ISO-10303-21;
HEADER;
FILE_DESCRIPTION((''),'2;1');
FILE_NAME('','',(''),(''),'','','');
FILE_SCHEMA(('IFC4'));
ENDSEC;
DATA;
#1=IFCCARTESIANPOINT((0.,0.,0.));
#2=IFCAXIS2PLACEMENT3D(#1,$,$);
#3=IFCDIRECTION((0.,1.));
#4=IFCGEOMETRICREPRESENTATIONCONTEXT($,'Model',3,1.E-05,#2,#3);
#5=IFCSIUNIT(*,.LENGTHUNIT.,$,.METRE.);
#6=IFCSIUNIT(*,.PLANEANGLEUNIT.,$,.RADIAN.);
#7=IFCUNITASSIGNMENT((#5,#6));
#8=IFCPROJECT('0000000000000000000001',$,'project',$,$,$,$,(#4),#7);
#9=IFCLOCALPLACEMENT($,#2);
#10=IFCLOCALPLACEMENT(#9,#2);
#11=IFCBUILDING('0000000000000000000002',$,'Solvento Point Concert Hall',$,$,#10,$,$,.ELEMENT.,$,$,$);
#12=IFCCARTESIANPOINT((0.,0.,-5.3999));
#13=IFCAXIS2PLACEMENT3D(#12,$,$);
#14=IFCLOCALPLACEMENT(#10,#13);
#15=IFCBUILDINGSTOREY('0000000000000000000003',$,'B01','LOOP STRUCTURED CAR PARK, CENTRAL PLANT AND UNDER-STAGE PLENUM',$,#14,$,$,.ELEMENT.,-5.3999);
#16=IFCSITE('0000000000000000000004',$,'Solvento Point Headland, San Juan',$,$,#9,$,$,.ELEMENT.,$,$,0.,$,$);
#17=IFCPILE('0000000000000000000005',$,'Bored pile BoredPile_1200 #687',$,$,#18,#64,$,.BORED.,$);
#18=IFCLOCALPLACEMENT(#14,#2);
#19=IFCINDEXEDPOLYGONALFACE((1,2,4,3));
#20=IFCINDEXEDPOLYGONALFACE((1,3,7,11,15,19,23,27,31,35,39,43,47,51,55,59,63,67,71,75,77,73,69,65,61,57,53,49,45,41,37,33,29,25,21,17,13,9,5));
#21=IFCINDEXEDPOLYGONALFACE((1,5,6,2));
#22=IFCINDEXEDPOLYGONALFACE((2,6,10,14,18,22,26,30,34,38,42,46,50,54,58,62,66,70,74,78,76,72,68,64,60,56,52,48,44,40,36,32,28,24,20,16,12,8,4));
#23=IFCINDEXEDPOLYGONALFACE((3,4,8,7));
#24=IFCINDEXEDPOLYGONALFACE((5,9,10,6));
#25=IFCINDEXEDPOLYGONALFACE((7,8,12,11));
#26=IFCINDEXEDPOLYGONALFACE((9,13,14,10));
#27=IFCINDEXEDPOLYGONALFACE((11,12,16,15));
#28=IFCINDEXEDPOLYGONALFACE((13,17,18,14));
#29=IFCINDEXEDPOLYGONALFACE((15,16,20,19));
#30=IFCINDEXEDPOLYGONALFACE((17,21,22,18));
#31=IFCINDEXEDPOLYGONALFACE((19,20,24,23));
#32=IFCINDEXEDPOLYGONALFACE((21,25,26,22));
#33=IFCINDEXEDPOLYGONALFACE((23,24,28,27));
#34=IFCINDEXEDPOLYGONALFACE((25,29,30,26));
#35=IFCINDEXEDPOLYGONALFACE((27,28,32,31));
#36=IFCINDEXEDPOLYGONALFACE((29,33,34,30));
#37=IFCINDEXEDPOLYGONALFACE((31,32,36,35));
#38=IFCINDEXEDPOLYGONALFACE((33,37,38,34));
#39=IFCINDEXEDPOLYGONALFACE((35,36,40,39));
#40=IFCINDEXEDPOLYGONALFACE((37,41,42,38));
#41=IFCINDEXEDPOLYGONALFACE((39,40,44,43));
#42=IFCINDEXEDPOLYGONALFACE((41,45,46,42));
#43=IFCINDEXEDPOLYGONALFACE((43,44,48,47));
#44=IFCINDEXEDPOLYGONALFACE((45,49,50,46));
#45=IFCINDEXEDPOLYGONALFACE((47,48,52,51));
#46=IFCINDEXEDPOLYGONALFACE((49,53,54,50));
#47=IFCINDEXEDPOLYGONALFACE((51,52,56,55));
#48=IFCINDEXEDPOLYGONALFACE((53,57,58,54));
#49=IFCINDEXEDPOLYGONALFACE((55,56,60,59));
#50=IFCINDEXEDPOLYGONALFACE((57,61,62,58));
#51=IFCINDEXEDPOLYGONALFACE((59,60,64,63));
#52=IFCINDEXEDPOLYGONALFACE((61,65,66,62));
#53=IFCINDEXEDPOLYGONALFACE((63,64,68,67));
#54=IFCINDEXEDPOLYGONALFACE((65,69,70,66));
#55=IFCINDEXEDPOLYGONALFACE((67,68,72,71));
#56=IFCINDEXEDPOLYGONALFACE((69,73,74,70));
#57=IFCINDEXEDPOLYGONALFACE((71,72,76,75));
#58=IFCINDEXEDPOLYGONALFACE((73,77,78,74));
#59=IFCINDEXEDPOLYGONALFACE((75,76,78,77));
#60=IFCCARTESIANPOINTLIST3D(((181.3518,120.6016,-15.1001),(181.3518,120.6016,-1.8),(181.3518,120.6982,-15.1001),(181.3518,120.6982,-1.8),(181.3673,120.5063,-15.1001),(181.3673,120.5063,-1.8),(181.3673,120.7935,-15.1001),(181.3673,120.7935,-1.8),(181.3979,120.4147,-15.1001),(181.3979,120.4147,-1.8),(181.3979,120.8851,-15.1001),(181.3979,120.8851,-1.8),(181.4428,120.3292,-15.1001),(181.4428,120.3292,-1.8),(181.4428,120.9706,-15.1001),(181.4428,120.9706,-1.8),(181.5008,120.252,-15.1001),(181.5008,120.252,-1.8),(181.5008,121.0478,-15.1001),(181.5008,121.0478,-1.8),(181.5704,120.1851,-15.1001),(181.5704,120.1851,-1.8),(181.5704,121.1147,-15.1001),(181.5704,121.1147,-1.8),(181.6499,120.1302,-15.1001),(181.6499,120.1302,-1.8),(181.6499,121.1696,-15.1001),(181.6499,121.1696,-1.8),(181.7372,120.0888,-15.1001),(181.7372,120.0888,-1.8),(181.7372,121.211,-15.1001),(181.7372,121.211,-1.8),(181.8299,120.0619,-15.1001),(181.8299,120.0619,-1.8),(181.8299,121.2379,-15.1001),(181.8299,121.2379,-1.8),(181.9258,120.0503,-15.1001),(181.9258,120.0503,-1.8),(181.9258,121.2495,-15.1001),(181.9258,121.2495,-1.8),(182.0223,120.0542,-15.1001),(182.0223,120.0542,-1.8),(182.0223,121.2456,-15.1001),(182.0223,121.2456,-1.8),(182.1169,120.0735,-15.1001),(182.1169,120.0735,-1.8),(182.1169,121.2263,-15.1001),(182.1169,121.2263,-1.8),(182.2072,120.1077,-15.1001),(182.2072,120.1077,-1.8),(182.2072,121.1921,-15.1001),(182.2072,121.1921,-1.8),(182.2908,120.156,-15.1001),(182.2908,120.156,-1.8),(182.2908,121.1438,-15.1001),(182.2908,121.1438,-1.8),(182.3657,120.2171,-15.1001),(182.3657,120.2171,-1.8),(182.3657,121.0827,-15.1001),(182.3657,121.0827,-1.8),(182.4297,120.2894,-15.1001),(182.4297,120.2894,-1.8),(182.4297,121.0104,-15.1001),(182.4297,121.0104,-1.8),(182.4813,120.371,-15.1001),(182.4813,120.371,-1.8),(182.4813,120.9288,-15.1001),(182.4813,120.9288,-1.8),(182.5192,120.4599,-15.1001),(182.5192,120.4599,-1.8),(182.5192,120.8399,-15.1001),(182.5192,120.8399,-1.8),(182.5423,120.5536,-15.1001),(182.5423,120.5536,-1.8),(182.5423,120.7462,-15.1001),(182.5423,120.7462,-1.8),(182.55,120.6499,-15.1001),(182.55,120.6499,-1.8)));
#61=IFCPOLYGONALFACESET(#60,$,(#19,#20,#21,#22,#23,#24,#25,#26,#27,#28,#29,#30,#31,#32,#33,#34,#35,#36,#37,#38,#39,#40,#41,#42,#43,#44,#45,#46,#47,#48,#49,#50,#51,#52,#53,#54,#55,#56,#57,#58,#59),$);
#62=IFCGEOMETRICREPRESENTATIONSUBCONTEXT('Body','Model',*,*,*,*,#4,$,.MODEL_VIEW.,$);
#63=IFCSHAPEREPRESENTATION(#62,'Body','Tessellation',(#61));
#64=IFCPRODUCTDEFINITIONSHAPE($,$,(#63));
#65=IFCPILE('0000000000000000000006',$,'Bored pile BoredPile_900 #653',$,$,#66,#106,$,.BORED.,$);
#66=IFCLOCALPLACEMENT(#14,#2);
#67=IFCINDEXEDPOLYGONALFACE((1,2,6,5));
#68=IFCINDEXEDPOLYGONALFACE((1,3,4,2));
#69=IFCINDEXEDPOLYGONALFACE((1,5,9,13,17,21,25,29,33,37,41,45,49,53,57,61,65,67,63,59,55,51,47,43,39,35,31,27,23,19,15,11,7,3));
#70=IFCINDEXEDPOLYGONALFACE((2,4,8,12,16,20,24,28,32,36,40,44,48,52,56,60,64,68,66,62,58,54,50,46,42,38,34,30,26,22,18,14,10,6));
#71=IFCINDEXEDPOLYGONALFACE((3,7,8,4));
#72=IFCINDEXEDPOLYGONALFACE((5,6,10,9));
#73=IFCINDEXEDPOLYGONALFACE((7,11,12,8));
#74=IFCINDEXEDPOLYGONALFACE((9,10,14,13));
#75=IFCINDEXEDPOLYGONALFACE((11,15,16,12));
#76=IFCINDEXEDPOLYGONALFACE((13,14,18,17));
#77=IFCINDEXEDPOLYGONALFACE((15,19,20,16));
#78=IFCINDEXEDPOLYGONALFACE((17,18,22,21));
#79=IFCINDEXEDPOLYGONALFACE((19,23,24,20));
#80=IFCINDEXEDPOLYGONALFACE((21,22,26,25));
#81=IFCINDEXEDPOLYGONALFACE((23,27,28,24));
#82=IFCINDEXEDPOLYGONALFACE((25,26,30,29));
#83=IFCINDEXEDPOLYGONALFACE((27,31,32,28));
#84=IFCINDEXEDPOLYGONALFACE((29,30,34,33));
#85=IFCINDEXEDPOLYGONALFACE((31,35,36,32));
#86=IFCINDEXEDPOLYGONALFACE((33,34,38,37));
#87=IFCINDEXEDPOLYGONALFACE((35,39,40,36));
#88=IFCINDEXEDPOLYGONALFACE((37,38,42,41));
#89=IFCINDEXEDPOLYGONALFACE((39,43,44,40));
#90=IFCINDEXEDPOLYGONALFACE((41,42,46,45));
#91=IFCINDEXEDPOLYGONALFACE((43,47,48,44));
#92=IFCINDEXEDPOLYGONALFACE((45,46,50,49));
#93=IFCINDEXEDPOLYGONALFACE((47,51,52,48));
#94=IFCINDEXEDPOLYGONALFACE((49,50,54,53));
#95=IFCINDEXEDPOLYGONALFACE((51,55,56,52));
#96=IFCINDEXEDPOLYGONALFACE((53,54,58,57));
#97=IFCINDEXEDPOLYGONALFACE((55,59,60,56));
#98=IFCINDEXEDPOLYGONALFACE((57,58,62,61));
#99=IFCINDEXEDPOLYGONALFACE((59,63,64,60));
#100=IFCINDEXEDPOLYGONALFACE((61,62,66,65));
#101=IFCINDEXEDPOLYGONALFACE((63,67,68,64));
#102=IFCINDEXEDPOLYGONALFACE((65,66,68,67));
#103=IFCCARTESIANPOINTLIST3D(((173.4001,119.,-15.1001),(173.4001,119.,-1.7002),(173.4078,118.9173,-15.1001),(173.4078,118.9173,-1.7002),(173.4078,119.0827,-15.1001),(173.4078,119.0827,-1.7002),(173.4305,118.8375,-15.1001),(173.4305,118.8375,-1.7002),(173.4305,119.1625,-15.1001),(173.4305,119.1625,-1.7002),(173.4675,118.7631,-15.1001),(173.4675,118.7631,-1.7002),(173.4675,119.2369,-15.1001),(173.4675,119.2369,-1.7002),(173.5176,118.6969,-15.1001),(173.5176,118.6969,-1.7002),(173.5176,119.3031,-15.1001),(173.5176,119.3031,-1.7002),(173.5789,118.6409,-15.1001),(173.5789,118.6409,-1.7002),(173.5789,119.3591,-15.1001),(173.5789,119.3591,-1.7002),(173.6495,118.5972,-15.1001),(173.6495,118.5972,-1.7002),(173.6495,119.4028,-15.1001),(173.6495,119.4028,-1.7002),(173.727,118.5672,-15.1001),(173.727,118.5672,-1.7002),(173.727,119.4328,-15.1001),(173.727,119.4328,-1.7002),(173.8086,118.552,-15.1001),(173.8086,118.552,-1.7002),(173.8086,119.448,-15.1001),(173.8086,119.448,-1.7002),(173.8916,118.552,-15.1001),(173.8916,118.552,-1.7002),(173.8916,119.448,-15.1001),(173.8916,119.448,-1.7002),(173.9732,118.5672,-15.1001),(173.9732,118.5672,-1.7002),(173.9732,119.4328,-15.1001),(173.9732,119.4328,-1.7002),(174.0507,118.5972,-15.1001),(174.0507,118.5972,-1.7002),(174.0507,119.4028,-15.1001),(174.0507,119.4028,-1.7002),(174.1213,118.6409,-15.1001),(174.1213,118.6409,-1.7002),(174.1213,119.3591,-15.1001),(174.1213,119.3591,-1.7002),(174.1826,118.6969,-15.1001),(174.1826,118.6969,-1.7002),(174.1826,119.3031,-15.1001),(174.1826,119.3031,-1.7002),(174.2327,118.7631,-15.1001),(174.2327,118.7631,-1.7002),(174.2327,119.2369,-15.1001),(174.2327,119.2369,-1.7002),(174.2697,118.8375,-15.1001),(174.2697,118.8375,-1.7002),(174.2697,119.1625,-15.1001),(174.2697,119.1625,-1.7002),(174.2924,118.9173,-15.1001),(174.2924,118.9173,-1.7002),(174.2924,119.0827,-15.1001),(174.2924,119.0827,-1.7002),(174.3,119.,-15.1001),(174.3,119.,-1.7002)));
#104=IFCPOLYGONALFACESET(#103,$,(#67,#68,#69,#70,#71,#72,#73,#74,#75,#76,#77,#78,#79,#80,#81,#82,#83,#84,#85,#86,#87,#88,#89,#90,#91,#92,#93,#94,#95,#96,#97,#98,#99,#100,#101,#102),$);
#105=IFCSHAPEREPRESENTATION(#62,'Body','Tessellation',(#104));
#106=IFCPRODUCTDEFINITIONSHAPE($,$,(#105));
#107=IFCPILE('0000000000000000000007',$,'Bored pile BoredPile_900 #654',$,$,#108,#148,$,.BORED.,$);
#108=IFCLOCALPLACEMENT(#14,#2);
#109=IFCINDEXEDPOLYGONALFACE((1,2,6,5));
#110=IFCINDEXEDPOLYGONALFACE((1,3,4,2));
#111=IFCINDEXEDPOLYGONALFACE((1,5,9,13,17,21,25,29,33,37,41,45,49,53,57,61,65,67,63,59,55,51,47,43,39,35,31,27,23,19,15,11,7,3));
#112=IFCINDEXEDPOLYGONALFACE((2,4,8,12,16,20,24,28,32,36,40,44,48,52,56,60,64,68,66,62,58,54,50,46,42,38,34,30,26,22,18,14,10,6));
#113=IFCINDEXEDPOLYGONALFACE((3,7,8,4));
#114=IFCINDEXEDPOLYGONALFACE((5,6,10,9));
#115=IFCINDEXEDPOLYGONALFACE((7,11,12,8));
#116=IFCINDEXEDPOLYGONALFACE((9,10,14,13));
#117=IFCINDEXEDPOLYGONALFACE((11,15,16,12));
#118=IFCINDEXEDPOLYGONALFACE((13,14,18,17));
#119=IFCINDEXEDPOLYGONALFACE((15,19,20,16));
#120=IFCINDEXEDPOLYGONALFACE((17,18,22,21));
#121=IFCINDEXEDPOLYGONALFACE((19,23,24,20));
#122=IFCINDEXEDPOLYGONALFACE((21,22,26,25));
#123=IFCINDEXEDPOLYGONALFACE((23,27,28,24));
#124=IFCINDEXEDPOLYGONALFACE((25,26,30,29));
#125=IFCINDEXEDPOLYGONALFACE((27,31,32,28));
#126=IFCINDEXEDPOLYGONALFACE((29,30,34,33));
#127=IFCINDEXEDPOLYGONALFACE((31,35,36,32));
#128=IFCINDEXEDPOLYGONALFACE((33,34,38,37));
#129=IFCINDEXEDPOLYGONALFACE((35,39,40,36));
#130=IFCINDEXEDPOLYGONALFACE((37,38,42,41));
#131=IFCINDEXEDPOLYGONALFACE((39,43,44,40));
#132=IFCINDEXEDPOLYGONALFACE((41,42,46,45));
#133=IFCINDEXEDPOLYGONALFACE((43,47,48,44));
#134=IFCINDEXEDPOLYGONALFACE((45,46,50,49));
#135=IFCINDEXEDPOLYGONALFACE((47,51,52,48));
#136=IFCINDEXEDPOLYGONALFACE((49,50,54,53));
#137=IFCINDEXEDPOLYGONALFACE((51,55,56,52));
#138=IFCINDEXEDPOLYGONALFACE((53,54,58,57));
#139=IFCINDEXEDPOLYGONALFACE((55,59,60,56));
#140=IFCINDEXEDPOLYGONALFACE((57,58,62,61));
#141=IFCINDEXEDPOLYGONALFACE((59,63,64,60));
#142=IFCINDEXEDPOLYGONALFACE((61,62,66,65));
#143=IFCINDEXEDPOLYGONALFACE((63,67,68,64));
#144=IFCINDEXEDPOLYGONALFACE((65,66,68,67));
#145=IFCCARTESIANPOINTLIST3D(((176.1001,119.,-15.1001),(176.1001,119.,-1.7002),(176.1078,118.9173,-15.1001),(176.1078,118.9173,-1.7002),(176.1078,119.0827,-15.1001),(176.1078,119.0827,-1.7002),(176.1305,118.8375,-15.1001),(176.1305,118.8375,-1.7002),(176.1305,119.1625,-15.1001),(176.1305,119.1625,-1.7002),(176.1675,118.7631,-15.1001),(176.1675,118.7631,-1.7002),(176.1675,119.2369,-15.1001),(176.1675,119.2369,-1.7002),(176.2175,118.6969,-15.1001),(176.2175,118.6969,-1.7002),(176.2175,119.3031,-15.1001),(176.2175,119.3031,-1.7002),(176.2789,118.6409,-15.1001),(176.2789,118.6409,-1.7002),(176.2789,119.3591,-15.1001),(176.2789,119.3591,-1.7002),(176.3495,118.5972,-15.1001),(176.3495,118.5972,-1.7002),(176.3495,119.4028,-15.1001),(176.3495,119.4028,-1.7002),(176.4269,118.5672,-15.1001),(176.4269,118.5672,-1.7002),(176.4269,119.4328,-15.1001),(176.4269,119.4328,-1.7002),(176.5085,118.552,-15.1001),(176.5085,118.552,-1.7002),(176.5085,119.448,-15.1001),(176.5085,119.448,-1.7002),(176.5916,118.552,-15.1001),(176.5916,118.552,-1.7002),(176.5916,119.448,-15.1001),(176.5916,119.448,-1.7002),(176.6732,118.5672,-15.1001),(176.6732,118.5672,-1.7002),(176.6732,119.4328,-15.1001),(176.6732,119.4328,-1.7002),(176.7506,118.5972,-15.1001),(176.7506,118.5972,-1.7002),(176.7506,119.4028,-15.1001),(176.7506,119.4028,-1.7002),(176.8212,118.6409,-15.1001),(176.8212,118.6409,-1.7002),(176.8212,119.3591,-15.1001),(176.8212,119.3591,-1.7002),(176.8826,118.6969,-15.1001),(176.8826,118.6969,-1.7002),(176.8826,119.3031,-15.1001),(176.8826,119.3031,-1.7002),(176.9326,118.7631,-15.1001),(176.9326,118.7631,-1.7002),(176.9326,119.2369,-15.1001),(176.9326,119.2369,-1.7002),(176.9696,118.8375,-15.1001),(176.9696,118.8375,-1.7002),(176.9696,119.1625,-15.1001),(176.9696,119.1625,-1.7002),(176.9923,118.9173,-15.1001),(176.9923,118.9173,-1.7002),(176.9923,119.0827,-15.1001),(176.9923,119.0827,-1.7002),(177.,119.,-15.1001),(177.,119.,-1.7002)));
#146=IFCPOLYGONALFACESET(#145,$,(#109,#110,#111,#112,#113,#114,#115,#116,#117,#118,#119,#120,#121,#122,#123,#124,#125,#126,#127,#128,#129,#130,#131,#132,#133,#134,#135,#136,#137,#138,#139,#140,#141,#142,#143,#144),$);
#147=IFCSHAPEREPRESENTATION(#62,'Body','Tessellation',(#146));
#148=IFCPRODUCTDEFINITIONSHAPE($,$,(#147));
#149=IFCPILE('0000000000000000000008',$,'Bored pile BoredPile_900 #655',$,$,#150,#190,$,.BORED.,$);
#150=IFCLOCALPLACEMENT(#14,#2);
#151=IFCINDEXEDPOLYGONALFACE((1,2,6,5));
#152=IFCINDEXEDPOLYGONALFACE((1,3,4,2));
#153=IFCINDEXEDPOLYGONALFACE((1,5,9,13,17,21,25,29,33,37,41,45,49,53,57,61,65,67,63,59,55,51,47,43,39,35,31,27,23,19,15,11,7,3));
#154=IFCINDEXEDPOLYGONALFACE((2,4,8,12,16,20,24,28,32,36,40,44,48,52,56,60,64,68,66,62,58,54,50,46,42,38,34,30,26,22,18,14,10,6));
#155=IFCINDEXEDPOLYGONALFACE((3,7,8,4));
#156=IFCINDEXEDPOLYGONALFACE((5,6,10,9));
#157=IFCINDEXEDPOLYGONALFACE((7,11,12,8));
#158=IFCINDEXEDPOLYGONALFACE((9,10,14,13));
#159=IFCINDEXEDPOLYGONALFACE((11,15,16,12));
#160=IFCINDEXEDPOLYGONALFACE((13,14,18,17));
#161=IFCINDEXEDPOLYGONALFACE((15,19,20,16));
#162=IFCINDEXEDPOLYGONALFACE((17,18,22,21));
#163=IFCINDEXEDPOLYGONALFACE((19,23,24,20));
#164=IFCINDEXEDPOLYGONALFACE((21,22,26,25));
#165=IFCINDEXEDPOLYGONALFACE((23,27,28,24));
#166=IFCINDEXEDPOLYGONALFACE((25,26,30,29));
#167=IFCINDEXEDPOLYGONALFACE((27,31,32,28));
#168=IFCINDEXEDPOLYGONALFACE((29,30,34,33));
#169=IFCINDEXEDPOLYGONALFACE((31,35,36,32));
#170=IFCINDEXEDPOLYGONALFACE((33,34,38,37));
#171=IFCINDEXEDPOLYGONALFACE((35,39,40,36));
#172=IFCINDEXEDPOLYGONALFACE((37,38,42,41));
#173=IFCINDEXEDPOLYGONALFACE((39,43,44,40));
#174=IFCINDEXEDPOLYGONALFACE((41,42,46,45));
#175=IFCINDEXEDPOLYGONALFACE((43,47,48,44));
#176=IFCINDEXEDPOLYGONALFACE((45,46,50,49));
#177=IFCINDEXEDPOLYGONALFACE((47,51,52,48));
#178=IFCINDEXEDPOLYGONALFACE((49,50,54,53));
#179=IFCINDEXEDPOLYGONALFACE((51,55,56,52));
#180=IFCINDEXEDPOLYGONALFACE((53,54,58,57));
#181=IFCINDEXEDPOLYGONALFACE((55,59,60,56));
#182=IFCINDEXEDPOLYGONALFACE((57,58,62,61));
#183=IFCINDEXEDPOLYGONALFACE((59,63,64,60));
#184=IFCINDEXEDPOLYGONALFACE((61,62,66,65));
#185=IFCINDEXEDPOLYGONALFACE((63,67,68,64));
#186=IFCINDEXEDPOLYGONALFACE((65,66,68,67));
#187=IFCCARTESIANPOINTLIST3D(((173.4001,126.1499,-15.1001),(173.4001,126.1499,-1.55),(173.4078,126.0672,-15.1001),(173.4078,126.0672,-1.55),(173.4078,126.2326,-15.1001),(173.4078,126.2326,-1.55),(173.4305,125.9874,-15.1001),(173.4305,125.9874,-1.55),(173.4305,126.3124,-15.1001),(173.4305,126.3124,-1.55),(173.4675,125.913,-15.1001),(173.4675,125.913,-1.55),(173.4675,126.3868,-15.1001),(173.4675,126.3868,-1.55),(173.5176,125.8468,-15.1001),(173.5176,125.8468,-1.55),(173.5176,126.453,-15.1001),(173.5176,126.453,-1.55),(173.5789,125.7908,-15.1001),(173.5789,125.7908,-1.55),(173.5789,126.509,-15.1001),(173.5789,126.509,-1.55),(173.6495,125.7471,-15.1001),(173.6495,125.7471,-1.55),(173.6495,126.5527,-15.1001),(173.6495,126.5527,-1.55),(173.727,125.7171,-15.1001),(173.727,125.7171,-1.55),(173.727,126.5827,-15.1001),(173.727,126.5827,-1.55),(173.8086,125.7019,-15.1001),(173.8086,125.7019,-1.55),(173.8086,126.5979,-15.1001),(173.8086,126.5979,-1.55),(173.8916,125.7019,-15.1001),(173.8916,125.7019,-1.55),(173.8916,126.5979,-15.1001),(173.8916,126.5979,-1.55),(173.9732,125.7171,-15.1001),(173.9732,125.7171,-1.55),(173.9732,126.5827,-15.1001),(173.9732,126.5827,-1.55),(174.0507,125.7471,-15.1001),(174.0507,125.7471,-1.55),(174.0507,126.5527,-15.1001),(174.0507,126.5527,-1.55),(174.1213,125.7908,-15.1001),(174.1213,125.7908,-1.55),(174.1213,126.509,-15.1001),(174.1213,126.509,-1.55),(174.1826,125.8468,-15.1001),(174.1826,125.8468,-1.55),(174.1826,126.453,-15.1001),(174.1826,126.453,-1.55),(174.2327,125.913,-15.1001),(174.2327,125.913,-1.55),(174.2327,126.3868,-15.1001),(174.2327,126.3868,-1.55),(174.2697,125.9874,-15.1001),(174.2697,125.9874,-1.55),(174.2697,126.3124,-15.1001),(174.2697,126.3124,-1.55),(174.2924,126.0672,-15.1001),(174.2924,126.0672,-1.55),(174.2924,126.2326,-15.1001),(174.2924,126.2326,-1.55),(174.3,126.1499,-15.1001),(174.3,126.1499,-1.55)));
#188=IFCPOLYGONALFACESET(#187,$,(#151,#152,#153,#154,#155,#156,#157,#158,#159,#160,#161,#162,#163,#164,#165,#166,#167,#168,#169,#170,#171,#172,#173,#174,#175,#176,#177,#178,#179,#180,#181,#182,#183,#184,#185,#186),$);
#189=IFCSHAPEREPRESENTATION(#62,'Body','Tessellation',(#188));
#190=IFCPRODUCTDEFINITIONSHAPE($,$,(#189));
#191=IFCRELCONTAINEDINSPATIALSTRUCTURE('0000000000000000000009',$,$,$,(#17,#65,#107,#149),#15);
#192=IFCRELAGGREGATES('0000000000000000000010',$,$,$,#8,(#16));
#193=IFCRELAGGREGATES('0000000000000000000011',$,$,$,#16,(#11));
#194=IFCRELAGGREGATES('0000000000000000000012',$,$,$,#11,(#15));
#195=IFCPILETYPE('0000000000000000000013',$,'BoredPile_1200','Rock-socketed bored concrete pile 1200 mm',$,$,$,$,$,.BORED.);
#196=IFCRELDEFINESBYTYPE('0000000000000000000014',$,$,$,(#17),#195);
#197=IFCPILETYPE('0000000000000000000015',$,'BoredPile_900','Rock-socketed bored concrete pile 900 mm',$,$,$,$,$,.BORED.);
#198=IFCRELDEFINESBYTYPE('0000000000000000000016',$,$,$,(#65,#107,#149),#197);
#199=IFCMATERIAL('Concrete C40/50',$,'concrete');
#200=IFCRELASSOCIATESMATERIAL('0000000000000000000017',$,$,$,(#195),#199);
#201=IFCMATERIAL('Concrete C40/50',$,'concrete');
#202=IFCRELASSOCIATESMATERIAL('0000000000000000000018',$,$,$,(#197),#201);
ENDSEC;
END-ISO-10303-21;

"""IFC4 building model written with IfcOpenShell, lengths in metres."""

from ifc_helpers import new_model, si_unit, direction, frame, origin, origin_2d, place, context, subcontext, project, spatial, circle, extrude, material, material_profile, profile_set, type_object, element, save


model = new_model("IFC4")

# Units and contexts
model_context = context("Model", 3, precision=1e-05, world=origin(), true_north=direction((0.0, 1.0)))
body_context = subcontext(model_context, "Body", "Model", "MODEL_VIEW")
ifc_project = project(units=[si_unit("LENGTHUNIT", "METRE"), si_unit("PLANEANGLEUNIT", "RADIAN")], contexts=[model_context])

# Site, building, storey
site_placement = place(None, origin())
site = spatial("IfcSite", under=ifc_project, at=site_placement, Name="Solvento Point Headland, San Juan", CompositionType="ELEMENT", RefElevation=0.0)
building_placement = place(site_placement, origin())
building = spatial("IfcBuilding", under=site, at=building_placement, Name="Solvento Point Concert Hall", CompositionType="ELEMENT")
storey_placement = place(building_placement, frame((0.0, 0.0, -5.3999)))
storey = spatial("IfcBuildingStorey", under=building, at=storey_placement, Name="B01", Description="LOOP STRUCTURED CAR PARK, CENTRAL PLANT AND UNDER-STAGE PLENUM", CompositionType="ELEMENT", Elevation=-5.3999)

# Piles
ifc_material_1 = material(Name="Concrete C40/50", Category="concrete")
ifc_material_profile_1 = material_profile(ifc_material_1, circle(Radius=0.6001, at=origin_2d()), Name="BP-1200")
ifc_profile_set_1 = profile_set([ifc_material_profile_1], Name="Concrete C40/50")
pile_type_1 = type_object("IfcPileType", Name="BoredPile_1200", Description="Rock-socketed bored concrete pile 1200 mm", PredefinedType="BORED", material=ifc_profile_set_1)
pile_placement = place(storey_placement, frame((181.95, 120.6499, -1.8), z_axis=(0.0, 0.0, -1.0), x_axis=(1.0, 0.0, 0.0)))
element("IfcPile", 1, at=pile_placement, inside=storey, type_object=pile_type_1, Name="Bored pile BoredPile_1200 #687", PredefinedType="BORED", context=body_context, shape_type="SweptSolid", body=[
    extrude(circle(Radius=0.6001, at=origin_2d()), origin(), (0.0, 0.0, 1.0), 13.3),
])
ifc_material_2 = material(Name="Concrete C40/50", Category="concrete")
ifc_material_profile_2 = material_profile(ifc_material_2, circle(Radius=0.45, at=origin_2d()), Name="BP-900")
ifc_profile_set_2 = profile_set([ifc_material_profile_2], Name="Concrete C40/50")
pile_type_2 = type_object("IfcPileType", Name="BoredPile_900", Description="Rock-socketed bored concrete pile 900 mm", PredefinedType="BORED", material=ifc_profile_set_2)
for number, where, z_axis, x_axis, name in (
    (2, (173.8501, 119.0, -1.7002), (0.0, 0.0, -1.0), (1.0, 0.0, 0.0), "Bored pile BoredPile_900 #653"),
    (3, (176.55, 119.0, -1.7002), (0.0, 0.0, -1.0), (1.0, 0.0, 0.0), "Bored pile BoredPile_900 #654"),
):
    element("IfcPile", number, at=place(storey_placement, frame(where, z_axis=z_axis, x_axis=x_axis)), inside=storey, type_object=pile_type_2, Name=name, PredefinedType="BORED", context=body_context, shape_type="SweptSolid", body=[
        extrude(circle(Radius=0.45, at=origin_2d()), origin(), (0.0, 0.0, 1.0), 13.3999),
    ])
for number, where, z_axis, x_axis, name in (
    (4, (173.8501, 126.1499, -1.55), (0.0, 0.0, -1.0), (1.0, 0.0, 0.0), "Bored pile BoredPile_900 #655"),
):
    element("IfcPile", number, at=place(storey_placement, frame(where, z_axis=z_axis, x_axis=x_axis)), inside=storey, type_object=pile_type_2, Name=name, PredefinedType="BORED", context=body_context, shape_type="SweptSolid", body=[
        extrude(circle(Radius=0.45, at=origin_2d()), origin(), (0.0, 0.0, 1.0), 13.55),
    ])

save(model, "model.ifc")
